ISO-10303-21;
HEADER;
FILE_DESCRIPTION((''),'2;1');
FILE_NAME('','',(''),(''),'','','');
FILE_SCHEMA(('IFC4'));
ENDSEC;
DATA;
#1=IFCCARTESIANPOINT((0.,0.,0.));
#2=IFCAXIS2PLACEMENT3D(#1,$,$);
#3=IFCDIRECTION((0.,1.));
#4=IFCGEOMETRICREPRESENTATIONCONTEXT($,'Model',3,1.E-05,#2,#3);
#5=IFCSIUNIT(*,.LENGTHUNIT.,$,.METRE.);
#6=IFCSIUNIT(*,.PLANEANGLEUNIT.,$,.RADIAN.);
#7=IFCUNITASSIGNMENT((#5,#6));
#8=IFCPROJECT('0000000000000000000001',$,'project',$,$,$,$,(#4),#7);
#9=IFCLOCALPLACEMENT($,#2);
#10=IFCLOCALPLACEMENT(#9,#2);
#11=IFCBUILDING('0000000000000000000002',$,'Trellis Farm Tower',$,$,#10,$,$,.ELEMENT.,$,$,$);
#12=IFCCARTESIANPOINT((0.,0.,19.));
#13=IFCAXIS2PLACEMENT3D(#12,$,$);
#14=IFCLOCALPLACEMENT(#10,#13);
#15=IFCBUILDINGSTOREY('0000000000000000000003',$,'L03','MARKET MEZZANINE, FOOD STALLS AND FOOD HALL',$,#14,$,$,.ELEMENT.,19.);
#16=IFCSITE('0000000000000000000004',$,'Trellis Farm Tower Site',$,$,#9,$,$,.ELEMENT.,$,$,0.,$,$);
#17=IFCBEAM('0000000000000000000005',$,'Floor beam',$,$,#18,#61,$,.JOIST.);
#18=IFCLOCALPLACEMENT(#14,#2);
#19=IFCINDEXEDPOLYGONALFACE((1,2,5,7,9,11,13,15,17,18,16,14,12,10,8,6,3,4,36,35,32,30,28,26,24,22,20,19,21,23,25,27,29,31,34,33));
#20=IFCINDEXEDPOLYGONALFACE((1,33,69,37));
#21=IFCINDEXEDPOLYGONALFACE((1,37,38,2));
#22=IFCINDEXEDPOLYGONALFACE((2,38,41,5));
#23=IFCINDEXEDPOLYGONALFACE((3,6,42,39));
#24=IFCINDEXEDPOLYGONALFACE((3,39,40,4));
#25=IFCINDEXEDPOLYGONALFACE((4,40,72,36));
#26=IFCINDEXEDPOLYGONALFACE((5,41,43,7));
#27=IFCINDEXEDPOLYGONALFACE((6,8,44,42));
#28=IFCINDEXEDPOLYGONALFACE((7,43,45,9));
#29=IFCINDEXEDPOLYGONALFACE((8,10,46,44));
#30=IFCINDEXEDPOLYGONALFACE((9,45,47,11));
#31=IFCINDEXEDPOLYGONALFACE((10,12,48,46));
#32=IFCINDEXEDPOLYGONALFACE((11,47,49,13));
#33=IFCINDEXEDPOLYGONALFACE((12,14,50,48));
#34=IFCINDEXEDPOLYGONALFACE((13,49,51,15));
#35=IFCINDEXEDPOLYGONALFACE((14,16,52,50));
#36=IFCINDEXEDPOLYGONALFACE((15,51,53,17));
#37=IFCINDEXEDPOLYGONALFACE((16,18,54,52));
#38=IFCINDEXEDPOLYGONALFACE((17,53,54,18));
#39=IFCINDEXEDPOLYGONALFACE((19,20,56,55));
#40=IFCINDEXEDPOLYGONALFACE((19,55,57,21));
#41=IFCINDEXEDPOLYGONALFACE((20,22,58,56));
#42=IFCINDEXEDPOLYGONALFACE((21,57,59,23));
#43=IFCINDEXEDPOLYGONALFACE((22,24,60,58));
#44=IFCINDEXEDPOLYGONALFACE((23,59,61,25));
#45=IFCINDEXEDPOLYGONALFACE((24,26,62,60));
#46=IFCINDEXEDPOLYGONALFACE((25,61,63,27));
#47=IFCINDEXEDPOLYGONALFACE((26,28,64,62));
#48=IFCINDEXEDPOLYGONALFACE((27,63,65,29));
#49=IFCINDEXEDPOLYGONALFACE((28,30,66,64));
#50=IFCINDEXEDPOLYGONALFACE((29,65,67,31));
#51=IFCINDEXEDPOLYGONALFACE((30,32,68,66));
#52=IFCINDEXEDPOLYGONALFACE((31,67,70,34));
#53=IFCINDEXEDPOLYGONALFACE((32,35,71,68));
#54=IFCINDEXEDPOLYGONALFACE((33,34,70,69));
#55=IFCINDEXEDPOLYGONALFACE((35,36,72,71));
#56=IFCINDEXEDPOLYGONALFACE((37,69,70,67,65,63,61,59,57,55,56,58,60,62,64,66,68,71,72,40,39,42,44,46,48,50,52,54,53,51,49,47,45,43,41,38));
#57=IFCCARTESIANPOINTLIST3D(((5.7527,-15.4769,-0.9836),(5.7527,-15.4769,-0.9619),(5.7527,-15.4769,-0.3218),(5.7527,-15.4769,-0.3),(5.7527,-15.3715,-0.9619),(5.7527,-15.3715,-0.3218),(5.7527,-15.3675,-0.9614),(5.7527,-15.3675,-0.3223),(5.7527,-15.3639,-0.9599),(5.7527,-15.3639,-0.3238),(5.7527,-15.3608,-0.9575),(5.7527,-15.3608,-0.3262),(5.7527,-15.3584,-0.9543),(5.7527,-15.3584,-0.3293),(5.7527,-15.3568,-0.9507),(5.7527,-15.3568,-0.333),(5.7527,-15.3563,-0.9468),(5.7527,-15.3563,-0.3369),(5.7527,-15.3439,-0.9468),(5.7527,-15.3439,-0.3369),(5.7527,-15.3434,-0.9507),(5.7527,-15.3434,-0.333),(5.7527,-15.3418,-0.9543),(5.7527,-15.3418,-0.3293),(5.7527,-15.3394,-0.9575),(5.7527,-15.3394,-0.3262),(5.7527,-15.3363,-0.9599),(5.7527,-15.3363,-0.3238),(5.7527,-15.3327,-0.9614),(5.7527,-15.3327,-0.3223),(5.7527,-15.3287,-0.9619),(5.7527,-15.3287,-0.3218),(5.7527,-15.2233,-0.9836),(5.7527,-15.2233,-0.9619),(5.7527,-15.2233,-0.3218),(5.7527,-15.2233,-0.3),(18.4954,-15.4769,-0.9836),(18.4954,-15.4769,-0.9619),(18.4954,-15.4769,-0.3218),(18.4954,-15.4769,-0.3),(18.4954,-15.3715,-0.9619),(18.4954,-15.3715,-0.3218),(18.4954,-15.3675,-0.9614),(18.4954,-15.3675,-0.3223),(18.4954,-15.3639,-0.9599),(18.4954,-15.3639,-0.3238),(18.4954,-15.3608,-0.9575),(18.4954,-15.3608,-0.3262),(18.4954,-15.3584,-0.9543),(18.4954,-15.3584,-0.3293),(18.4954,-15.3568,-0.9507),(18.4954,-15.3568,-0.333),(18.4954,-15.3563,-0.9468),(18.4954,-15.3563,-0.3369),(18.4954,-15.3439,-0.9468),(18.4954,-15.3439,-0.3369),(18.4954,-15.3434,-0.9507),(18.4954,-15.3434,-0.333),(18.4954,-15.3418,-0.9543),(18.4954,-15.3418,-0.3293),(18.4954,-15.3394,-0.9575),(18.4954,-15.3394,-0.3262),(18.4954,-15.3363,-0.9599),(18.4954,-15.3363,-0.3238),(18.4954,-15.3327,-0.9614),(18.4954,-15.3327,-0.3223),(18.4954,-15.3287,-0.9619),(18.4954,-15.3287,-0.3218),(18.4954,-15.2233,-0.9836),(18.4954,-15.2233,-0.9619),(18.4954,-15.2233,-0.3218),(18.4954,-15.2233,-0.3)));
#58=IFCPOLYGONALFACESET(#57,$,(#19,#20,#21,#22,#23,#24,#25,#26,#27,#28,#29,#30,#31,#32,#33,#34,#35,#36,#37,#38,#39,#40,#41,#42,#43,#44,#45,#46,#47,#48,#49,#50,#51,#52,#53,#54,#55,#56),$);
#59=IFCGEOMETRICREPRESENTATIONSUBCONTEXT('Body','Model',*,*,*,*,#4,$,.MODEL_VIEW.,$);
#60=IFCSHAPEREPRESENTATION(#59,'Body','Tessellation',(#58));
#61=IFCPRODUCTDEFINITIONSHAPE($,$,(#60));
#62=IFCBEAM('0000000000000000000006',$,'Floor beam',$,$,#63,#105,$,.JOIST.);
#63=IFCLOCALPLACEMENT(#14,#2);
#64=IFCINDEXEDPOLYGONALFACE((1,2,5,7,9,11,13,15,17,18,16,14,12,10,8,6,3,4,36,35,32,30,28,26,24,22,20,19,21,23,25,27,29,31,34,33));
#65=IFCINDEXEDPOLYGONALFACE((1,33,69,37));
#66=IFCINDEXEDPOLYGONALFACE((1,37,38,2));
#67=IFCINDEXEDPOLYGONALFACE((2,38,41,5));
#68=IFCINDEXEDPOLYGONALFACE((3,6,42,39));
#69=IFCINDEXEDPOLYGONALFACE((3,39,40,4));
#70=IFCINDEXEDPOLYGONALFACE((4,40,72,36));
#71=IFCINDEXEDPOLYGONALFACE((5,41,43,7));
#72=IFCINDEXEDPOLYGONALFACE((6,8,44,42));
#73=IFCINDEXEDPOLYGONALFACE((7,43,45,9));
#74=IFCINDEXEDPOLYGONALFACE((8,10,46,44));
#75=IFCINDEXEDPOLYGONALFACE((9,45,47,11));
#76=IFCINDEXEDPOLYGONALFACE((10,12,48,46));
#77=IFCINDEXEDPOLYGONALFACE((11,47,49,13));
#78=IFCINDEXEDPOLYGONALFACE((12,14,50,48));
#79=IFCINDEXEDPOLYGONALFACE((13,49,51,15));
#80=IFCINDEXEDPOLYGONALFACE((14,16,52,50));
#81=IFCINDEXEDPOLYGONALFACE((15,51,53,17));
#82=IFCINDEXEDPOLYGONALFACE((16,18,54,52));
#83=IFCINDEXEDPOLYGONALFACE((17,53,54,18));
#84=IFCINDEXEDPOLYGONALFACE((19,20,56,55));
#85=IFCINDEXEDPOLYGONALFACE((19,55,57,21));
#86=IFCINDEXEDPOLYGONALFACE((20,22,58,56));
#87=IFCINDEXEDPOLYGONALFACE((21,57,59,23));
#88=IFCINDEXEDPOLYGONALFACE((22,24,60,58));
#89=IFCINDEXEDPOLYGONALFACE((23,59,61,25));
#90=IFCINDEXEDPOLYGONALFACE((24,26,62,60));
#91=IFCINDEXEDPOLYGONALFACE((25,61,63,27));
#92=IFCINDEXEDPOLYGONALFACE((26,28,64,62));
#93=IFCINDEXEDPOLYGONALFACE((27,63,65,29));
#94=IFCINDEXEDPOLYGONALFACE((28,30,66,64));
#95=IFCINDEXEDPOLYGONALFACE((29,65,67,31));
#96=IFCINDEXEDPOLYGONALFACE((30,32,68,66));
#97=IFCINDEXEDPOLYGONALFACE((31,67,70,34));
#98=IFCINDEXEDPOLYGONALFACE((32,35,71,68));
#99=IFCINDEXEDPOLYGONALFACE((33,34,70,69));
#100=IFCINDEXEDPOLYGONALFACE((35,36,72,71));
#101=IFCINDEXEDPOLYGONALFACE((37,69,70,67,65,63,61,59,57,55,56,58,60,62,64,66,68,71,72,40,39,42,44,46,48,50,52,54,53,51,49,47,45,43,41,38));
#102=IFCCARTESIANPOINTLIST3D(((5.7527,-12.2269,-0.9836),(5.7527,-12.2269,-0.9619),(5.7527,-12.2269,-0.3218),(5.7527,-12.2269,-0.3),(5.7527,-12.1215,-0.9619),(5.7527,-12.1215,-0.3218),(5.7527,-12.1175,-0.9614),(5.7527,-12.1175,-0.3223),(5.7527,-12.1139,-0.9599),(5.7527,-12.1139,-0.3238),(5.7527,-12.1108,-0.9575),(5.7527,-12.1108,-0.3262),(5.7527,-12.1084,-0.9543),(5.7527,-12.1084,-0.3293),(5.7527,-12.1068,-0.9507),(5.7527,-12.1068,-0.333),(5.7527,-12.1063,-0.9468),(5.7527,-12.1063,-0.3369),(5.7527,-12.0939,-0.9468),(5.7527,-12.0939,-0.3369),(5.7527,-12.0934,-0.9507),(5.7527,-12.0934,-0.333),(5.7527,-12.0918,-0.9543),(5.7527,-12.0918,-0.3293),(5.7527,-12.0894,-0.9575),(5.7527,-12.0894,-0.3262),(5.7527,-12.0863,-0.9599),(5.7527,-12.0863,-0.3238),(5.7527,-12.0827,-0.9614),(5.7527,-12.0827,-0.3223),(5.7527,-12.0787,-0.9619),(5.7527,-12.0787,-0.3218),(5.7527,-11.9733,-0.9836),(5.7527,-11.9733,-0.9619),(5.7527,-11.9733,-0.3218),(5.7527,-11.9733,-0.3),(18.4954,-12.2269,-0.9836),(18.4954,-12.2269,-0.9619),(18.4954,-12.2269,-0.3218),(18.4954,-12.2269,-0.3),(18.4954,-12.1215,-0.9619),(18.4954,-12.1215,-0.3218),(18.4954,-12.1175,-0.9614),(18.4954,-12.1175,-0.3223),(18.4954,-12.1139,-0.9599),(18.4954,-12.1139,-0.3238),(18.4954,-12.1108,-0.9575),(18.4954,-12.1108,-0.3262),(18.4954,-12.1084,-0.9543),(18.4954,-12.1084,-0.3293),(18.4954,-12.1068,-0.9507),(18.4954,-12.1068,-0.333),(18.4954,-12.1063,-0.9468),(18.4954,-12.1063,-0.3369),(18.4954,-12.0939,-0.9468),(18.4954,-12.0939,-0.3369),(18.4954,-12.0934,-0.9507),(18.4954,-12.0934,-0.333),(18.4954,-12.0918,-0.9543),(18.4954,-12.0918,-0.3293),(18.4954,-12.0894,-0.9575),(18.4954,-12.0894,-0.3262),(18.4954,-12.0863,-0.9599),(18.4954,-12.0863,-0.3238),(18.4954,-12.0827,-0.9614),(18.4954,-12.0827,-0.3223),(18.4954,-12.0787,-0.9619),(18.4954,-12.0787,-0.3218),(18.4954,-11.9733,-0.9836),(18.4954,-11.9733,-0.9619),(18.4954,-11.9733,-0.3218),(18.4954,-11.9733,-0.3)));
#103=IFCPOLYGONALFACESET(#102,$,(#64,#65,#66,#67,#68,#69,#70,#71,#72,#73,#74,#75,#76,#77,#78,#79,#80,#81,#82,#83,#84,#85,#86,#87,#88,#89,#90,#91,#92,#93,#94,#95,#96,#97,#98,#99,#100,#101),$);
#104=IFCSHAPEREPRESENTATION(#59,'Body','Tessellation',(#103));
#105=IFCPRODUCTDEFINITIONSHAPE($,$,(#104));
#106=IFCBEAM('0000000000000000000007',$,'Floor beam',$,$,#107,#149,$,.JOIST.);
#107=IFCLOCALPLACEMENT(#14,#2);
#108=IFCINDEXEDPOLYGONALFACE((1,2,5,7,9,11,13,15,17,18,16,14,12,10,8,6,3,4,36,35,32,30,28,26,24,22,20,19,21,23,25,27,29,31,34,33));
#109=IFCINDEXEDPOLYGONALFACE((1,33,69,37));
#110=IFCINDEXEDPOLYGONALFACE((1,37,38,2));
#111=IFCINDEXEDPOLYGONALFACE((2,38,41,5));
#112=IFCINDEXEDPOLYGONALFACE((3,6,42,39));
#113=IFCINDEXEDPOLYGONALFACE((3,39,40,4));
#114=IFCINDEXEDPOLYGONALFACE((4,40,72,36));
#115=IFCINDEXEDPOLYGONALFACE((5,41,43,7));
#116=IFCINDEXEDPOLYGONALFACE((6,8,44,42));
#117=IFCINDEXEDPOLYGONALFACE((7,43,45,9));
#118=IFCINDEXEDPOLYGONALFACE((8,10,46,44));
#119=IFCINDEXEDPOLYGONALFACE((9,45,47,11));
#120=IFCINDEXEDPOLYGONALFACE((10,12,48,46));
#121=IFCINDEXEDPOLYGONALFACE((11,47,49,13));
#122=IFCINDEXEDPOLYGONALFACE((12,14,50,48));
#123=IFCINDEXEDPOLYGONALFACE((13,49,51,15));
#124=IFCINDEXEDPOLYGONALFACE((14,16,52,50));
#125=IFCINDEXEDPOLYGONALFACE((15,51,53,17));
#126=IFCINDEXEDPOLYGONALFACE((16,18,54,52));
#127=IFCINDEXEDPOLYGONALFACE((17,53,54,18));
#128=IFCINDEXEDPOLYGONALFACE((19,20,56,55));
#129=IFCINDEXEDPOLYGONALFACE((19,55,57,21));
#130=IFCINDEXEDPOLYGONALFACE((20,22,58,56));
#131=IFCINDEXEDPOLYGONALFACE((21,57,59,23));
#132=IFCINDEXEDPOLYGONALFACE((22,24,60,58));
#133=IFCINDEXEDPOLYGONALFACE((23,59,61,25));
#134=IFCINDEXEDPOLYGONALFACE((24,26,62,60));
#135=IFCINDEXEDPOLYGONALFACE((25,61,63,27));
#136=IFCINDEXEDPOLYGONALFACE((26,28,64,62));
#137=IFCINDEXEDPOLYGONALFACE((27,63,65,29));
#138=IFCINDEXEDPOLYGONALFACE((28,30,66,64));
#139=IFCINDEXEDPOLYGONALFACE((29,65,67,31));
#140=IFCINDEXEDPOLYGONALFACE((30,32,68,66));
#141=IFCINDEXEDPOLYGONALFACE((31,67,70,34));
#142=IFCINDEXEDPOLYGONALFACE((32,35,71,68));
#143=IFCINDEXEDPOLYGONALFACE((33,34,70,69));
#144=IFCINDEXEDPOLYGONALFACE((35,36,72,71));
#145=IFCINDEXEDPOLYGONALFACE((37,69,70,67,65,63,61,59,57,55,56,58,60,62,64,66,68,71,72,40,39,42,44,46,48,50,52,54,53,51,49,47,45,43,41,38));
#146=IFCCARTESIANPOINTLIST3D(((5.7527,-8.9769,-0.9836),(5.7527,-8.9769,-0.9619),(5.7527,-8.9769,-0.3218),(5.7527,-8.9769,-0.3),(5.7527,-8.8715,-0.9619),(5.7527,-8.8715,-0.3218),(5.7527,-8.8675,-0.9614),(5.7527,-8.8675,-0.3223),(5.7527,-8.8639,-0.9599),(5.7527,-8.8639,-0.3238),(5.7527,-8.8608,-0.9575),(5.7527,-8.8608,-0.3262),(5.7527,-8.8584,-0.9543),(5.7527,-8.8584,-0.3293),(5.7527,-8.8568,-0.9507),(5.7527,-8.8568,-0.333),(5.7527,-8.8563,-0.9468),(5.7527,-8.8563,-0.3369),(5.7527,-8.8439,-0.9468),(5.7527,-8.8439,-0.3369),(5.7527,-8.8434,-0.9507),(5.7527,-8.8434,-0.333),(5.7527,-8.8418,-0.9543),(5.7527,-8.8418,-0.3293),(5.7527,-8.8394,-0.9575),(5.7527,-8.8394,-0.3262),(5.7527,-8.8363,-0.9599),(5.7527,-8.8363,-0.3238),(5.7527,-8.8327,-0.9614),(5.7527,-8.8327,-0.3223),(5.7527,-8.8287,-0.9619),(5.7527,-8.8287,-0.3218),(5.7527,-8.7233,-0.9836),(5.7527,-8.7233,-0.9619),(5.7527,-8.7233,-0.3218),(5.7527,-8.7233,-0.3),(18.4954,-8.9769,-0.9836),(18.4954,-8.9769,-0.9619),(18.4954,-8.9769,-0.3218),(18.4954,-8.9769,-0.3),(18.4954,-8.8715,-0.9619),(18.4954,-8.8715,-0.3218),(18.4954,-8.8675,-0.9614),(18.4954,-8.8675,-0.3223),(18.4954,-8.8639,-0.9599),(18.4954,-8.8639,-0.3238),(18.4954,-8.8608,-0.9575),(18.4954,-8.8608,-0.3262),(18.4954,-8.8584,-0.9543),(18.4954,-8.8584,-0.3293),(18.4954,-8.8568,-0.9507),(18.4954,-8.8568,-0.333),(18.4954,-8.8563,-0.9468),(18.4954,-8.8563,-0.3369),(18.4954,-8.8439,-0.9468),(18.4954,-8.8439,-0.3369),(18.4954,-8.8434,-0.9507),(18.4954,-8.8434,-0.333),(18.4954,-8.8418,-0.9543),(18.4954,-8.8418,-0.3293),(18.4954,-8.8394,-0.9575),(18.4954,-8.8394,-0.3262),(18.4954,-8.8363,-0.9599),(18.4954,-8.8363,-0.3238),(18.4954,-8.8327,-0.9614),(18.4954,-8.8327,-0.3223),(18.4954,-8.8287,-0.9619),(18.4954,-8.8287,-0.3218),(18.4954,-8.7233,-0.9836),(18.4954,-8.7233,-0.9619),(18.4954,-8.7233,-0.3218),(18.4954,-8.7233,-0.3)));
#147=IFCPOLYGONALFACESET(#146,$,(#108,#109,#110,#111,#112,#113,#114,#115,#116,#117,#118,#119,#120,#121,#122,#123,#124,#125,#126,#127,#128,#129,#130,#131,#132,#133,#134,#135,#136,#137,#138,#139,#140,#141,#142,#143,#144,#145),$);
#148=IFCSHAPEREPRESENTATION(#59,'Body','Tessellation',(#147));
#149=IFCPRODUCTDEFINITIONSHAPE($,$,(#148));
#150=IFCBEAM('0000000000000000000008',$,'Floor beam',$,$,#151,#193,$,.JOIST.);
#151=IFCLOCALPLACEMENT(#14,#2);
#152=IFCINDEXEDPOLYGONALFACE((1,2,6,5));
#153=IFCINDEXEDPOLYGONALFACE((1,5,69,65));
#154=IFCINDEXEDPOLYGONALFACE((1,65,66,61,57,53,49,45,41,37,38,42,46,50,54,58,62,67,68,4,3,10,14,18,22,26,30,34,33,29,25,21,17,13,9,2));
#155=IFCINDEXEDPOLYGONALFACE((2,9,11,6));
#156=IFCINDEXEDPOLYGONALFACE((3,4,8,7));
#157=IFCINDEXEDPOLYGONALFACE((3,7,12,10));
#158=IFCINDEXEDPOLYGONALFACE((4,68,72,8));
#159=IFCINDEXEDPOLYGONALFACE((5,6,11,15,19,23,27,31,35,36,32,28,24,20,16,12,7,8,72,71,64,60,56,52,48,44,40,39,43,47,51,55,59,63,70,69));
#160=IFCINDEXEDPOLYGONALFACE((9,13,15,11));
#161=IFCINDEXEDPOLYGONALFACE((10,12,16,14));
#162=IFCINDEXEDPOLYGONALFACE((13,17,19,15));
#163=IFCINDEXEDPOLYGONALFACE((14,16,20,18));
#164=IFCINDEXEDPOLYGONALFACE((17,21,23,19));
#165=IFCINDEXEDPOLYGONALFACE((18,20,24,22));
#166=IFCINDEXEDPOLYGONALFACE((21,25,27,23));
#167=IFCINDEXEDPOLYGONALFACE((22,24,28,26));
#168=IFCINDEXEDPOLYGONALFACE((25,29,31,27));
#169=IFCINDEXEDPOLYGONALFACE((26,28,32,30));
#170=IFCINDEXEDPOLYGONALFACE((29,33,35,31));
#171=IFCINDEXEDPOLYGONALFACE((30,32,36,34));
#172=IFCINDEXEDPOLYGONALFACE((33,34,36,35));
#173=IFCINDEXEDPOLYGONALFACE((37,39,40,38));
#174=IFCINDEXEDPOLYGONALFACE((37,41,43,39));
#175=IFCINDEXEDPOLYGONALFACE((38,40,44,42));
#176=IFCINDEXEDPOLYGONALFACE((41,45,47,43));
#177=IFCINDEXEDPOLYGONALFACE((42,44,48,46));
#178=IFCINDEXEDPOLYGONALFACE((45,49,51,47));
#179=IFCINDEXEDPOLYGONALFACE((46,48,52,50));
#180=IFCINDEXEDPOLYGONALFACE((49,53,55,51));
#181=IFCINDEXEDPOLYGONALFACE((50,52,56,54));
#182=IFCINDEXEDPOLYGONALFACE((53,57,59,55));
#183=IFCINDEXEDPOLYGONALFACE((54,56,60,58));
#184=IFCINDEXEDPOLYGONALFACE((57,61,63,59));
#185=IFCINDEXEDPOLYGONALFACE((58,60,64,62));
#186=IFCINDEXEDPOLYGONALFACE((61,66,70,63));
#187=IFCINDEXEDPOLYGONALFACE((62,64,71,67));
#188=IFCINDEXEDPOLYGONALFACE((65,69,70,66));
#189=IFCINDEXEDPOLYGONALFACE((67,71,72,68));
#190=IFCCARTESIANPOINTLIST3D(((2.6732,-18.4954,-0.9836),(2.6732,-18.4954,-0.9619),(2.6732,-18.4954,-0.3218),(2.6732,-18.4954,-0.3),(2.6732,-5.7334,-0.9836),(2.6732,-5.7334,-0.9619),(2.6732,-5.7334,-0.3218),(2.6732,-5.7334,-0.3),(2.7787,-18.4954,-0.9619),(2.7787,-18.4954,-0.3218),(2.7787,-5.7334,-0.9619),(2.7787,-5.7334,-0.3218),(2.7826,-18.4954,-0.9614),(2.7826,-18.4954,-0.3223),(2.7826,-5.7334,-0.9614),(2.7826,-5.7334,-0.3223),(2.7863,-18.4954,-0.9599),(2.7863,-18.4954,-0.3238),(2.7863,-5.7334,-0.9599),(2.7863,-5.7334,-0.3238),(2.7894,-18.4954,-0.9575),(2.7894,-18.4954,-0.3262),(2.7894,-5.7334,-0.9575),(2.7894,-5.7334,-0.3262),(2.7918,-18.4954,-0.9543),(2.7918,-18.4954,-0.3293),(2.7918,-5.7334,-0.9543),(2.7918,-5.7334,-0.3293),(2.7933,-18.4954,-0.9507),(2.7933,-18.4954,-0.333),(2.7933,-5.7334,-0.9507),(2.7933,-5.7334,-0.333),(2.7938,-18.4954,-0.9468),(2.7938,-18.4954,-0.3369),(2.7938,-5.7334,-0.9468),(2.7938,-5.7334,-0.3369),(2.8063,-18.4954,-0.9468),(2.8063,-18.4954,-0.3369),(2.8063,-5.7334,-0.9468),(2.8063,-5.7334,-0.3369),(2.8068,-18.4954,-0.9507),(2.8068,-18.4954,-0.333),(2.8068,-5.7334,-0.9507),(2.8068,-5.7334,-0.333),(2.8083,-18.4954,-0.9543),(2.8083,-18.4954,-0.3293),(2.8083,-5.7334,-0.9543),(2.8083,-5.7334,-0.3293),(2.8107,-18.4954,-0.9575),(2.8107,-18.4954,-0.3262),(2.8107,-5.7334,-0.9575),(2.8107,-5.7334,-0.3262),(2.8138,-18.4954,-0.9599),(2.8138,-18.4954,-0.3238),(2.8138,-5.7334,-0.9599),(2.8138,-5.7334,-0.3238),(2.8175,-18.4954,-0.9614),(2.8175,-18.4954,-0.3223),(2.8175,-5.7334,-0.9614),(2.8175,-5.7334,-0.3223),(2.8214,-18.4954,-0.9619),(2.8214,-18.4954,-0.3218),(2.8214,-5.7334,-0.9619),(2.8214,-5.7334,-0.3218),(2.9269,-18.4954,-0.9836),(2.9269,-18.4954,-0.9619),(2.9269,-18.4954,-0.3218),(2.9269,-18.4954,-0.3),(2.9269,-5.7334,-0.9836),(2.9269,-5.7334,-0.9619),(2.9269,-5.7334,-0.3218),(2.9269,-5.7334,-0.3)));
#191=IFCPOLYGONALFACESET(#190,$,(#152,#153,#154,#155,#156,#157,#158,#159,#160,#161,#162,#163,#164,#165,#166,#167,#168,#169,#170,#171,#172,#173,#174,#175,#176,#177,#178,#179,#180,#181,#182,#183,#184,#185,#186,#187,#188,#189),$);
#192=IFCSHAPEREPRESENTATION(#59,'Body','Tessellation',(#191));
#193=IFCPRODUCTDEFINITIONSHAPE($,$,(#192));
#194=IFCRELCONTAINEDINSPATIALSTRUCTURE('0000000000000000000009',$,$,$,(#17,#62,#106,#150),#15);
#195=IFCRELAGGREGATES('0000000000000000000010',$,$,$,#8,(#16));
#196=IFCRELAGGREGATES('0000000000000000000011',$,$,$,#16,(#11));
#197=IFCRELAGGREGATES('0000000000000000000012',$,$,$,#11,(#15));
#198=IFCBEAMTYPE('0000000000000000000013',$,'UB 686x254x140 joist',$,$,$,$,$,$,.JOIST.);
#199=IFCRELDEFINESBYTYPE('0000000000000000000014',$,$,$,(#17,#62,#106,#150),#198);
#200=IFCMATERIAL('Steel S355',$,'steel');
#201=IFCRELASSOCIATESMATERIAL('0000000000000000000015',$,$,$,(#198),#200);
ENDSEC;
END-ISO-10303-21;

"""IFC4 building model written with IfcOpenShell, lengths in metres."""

from ifc_helpers import new_model, si_unit, direction, frame, origin, origin_2d, place, context, subcontext, project, spatial, i_section, extrude, source, transform, mapped, material, material_profile, profile_set, type_object, element, save


model = new_model("IFC4")

# Units and contexts
model_context = context("Model", 3, precision=1e-05, world=origin(), true_north=direction((0.0, 1.0)))
body_context = subcontext(model_context, "Body", "Model", "MODEL_VIEW")
ifc_project = project(units=[si_unit("LENGTHUNIT", "METRE"), si_unit("PLANEANGLEUNIT", "RADIAN")], contexts=[model_context])

# Site, building, storey
site_placement = place(None, origin())
site = spatial("IfcSite", under=ifc_project, at=site_placement, Name="Trellis Farm Tower Site", CompositionType="ELEMENT", RefElevation=0.0)
building_placement = place(site_placement, origin())
building = spatial("IfcBuilding", under=site, at=building_placement, Name="Trellis Farm Tower", CompositionType="ELEMENT")
storey_placement = place(building_placement, frame((0.0, 0.0, 19.0)))
storey = spatial("IfcBuildingStorey", under=building, at=storey_placement, Name="L03", Description="MARKET MEZZANINE, FOOD STALLS AND FOOD HALL", CompositionType="ELEMENT", Elevation=19.0)

# Beams
ifc_material_1 = material(Name="Steel S355", Category="steel")
ifc_material_profile_1 = material_profile(ifc_material_1, i_section(OverallWidth=0.2537, OverallDepth=0.6836, WebThickness=0.0125, FlangeThickness=0.0217, FilletRadius=0.0151, at=origin_2d()), Name="UB 686x254x140")
ifc_profile_set_1 = profile_set([ifc_material_profile_1], Name="Steel S355")
beam_type_1 = type_object("IfcBeamType", Name="UB 686x254x140 joist", PredefinedType="JOIST", material=ifc_profile_set_1)
shared_shape_1 = source(origin(), body_context, "Body", "SweptSolid", [
    extrude(i_section(OverallWidth=0.2537, OverallDepth=0.6836, WebThickness=0.0125, FlangeThickness=0.0217, FilletRadius=0.0151, at=origin_2d()), origin(), (0.0, 0.0, 1.0), 12.7427),
])
for number, where, z_axis, x_axis, name in (
    (1, (5.7527, -15.3501, -0.6418), (1.0, 0.0, 0.0), (0.0, 1.0, 0.0), "Floor beam"),
    (2, (5.7527, -12.1001, -0.6418), (1.0, 0.0, 0.0), (0.0, 1.0, 0.0), "Floor beam"),
    (3, (5.7527, -8.8501, -0.6418), (1.0, 0.0, 0.0), (0.0, 1.0, 0.0), "Floor beam"),
):
    element("IfcBeam", number, at=place(storey_placement, frame(where, z_axis=z_axis, x_axis=x_axis)), inside=storey, type_object=beam_type_1, Name=name, PredefinedType="JOIST", context=body_context, shape_type="MappedRepresentation", body=[
        mapped(shared_shape_1, transform((0.0, 0.0, 0.0))),
    ])
shared_shape_2 = source(origin(), body_context, "Body", "SweptSolid", [
    extrude(i_section(OverallWidth=0.2537, OverallDepth=0.6836, WebThickness=0.0125, FlangeThickness=0.0217, FilletRadius=0.0151, at=origin_2d()), origin(), (0.0, 0.0, 1.0), 12.762),
])
beam_1_placement = place(storey_placement, frame((2.8, -18.4954, -0.6418), z_axis=(0.0, 1.0, 0.0), x_axis=(-1.0, 0.0, 0.0)))
element("IfcBeam", 4, at=beam_1_placement, inside=storey, type_object=beam_type_1, Name="Floor beam", PredefinedType="JOIST", context=body_context, shape_type="MappedRepresentation", body=[
    mapped(shared_shape_2, transform((0.0, 0.0, 0.0))),
])

save(model, "model.ifc")
